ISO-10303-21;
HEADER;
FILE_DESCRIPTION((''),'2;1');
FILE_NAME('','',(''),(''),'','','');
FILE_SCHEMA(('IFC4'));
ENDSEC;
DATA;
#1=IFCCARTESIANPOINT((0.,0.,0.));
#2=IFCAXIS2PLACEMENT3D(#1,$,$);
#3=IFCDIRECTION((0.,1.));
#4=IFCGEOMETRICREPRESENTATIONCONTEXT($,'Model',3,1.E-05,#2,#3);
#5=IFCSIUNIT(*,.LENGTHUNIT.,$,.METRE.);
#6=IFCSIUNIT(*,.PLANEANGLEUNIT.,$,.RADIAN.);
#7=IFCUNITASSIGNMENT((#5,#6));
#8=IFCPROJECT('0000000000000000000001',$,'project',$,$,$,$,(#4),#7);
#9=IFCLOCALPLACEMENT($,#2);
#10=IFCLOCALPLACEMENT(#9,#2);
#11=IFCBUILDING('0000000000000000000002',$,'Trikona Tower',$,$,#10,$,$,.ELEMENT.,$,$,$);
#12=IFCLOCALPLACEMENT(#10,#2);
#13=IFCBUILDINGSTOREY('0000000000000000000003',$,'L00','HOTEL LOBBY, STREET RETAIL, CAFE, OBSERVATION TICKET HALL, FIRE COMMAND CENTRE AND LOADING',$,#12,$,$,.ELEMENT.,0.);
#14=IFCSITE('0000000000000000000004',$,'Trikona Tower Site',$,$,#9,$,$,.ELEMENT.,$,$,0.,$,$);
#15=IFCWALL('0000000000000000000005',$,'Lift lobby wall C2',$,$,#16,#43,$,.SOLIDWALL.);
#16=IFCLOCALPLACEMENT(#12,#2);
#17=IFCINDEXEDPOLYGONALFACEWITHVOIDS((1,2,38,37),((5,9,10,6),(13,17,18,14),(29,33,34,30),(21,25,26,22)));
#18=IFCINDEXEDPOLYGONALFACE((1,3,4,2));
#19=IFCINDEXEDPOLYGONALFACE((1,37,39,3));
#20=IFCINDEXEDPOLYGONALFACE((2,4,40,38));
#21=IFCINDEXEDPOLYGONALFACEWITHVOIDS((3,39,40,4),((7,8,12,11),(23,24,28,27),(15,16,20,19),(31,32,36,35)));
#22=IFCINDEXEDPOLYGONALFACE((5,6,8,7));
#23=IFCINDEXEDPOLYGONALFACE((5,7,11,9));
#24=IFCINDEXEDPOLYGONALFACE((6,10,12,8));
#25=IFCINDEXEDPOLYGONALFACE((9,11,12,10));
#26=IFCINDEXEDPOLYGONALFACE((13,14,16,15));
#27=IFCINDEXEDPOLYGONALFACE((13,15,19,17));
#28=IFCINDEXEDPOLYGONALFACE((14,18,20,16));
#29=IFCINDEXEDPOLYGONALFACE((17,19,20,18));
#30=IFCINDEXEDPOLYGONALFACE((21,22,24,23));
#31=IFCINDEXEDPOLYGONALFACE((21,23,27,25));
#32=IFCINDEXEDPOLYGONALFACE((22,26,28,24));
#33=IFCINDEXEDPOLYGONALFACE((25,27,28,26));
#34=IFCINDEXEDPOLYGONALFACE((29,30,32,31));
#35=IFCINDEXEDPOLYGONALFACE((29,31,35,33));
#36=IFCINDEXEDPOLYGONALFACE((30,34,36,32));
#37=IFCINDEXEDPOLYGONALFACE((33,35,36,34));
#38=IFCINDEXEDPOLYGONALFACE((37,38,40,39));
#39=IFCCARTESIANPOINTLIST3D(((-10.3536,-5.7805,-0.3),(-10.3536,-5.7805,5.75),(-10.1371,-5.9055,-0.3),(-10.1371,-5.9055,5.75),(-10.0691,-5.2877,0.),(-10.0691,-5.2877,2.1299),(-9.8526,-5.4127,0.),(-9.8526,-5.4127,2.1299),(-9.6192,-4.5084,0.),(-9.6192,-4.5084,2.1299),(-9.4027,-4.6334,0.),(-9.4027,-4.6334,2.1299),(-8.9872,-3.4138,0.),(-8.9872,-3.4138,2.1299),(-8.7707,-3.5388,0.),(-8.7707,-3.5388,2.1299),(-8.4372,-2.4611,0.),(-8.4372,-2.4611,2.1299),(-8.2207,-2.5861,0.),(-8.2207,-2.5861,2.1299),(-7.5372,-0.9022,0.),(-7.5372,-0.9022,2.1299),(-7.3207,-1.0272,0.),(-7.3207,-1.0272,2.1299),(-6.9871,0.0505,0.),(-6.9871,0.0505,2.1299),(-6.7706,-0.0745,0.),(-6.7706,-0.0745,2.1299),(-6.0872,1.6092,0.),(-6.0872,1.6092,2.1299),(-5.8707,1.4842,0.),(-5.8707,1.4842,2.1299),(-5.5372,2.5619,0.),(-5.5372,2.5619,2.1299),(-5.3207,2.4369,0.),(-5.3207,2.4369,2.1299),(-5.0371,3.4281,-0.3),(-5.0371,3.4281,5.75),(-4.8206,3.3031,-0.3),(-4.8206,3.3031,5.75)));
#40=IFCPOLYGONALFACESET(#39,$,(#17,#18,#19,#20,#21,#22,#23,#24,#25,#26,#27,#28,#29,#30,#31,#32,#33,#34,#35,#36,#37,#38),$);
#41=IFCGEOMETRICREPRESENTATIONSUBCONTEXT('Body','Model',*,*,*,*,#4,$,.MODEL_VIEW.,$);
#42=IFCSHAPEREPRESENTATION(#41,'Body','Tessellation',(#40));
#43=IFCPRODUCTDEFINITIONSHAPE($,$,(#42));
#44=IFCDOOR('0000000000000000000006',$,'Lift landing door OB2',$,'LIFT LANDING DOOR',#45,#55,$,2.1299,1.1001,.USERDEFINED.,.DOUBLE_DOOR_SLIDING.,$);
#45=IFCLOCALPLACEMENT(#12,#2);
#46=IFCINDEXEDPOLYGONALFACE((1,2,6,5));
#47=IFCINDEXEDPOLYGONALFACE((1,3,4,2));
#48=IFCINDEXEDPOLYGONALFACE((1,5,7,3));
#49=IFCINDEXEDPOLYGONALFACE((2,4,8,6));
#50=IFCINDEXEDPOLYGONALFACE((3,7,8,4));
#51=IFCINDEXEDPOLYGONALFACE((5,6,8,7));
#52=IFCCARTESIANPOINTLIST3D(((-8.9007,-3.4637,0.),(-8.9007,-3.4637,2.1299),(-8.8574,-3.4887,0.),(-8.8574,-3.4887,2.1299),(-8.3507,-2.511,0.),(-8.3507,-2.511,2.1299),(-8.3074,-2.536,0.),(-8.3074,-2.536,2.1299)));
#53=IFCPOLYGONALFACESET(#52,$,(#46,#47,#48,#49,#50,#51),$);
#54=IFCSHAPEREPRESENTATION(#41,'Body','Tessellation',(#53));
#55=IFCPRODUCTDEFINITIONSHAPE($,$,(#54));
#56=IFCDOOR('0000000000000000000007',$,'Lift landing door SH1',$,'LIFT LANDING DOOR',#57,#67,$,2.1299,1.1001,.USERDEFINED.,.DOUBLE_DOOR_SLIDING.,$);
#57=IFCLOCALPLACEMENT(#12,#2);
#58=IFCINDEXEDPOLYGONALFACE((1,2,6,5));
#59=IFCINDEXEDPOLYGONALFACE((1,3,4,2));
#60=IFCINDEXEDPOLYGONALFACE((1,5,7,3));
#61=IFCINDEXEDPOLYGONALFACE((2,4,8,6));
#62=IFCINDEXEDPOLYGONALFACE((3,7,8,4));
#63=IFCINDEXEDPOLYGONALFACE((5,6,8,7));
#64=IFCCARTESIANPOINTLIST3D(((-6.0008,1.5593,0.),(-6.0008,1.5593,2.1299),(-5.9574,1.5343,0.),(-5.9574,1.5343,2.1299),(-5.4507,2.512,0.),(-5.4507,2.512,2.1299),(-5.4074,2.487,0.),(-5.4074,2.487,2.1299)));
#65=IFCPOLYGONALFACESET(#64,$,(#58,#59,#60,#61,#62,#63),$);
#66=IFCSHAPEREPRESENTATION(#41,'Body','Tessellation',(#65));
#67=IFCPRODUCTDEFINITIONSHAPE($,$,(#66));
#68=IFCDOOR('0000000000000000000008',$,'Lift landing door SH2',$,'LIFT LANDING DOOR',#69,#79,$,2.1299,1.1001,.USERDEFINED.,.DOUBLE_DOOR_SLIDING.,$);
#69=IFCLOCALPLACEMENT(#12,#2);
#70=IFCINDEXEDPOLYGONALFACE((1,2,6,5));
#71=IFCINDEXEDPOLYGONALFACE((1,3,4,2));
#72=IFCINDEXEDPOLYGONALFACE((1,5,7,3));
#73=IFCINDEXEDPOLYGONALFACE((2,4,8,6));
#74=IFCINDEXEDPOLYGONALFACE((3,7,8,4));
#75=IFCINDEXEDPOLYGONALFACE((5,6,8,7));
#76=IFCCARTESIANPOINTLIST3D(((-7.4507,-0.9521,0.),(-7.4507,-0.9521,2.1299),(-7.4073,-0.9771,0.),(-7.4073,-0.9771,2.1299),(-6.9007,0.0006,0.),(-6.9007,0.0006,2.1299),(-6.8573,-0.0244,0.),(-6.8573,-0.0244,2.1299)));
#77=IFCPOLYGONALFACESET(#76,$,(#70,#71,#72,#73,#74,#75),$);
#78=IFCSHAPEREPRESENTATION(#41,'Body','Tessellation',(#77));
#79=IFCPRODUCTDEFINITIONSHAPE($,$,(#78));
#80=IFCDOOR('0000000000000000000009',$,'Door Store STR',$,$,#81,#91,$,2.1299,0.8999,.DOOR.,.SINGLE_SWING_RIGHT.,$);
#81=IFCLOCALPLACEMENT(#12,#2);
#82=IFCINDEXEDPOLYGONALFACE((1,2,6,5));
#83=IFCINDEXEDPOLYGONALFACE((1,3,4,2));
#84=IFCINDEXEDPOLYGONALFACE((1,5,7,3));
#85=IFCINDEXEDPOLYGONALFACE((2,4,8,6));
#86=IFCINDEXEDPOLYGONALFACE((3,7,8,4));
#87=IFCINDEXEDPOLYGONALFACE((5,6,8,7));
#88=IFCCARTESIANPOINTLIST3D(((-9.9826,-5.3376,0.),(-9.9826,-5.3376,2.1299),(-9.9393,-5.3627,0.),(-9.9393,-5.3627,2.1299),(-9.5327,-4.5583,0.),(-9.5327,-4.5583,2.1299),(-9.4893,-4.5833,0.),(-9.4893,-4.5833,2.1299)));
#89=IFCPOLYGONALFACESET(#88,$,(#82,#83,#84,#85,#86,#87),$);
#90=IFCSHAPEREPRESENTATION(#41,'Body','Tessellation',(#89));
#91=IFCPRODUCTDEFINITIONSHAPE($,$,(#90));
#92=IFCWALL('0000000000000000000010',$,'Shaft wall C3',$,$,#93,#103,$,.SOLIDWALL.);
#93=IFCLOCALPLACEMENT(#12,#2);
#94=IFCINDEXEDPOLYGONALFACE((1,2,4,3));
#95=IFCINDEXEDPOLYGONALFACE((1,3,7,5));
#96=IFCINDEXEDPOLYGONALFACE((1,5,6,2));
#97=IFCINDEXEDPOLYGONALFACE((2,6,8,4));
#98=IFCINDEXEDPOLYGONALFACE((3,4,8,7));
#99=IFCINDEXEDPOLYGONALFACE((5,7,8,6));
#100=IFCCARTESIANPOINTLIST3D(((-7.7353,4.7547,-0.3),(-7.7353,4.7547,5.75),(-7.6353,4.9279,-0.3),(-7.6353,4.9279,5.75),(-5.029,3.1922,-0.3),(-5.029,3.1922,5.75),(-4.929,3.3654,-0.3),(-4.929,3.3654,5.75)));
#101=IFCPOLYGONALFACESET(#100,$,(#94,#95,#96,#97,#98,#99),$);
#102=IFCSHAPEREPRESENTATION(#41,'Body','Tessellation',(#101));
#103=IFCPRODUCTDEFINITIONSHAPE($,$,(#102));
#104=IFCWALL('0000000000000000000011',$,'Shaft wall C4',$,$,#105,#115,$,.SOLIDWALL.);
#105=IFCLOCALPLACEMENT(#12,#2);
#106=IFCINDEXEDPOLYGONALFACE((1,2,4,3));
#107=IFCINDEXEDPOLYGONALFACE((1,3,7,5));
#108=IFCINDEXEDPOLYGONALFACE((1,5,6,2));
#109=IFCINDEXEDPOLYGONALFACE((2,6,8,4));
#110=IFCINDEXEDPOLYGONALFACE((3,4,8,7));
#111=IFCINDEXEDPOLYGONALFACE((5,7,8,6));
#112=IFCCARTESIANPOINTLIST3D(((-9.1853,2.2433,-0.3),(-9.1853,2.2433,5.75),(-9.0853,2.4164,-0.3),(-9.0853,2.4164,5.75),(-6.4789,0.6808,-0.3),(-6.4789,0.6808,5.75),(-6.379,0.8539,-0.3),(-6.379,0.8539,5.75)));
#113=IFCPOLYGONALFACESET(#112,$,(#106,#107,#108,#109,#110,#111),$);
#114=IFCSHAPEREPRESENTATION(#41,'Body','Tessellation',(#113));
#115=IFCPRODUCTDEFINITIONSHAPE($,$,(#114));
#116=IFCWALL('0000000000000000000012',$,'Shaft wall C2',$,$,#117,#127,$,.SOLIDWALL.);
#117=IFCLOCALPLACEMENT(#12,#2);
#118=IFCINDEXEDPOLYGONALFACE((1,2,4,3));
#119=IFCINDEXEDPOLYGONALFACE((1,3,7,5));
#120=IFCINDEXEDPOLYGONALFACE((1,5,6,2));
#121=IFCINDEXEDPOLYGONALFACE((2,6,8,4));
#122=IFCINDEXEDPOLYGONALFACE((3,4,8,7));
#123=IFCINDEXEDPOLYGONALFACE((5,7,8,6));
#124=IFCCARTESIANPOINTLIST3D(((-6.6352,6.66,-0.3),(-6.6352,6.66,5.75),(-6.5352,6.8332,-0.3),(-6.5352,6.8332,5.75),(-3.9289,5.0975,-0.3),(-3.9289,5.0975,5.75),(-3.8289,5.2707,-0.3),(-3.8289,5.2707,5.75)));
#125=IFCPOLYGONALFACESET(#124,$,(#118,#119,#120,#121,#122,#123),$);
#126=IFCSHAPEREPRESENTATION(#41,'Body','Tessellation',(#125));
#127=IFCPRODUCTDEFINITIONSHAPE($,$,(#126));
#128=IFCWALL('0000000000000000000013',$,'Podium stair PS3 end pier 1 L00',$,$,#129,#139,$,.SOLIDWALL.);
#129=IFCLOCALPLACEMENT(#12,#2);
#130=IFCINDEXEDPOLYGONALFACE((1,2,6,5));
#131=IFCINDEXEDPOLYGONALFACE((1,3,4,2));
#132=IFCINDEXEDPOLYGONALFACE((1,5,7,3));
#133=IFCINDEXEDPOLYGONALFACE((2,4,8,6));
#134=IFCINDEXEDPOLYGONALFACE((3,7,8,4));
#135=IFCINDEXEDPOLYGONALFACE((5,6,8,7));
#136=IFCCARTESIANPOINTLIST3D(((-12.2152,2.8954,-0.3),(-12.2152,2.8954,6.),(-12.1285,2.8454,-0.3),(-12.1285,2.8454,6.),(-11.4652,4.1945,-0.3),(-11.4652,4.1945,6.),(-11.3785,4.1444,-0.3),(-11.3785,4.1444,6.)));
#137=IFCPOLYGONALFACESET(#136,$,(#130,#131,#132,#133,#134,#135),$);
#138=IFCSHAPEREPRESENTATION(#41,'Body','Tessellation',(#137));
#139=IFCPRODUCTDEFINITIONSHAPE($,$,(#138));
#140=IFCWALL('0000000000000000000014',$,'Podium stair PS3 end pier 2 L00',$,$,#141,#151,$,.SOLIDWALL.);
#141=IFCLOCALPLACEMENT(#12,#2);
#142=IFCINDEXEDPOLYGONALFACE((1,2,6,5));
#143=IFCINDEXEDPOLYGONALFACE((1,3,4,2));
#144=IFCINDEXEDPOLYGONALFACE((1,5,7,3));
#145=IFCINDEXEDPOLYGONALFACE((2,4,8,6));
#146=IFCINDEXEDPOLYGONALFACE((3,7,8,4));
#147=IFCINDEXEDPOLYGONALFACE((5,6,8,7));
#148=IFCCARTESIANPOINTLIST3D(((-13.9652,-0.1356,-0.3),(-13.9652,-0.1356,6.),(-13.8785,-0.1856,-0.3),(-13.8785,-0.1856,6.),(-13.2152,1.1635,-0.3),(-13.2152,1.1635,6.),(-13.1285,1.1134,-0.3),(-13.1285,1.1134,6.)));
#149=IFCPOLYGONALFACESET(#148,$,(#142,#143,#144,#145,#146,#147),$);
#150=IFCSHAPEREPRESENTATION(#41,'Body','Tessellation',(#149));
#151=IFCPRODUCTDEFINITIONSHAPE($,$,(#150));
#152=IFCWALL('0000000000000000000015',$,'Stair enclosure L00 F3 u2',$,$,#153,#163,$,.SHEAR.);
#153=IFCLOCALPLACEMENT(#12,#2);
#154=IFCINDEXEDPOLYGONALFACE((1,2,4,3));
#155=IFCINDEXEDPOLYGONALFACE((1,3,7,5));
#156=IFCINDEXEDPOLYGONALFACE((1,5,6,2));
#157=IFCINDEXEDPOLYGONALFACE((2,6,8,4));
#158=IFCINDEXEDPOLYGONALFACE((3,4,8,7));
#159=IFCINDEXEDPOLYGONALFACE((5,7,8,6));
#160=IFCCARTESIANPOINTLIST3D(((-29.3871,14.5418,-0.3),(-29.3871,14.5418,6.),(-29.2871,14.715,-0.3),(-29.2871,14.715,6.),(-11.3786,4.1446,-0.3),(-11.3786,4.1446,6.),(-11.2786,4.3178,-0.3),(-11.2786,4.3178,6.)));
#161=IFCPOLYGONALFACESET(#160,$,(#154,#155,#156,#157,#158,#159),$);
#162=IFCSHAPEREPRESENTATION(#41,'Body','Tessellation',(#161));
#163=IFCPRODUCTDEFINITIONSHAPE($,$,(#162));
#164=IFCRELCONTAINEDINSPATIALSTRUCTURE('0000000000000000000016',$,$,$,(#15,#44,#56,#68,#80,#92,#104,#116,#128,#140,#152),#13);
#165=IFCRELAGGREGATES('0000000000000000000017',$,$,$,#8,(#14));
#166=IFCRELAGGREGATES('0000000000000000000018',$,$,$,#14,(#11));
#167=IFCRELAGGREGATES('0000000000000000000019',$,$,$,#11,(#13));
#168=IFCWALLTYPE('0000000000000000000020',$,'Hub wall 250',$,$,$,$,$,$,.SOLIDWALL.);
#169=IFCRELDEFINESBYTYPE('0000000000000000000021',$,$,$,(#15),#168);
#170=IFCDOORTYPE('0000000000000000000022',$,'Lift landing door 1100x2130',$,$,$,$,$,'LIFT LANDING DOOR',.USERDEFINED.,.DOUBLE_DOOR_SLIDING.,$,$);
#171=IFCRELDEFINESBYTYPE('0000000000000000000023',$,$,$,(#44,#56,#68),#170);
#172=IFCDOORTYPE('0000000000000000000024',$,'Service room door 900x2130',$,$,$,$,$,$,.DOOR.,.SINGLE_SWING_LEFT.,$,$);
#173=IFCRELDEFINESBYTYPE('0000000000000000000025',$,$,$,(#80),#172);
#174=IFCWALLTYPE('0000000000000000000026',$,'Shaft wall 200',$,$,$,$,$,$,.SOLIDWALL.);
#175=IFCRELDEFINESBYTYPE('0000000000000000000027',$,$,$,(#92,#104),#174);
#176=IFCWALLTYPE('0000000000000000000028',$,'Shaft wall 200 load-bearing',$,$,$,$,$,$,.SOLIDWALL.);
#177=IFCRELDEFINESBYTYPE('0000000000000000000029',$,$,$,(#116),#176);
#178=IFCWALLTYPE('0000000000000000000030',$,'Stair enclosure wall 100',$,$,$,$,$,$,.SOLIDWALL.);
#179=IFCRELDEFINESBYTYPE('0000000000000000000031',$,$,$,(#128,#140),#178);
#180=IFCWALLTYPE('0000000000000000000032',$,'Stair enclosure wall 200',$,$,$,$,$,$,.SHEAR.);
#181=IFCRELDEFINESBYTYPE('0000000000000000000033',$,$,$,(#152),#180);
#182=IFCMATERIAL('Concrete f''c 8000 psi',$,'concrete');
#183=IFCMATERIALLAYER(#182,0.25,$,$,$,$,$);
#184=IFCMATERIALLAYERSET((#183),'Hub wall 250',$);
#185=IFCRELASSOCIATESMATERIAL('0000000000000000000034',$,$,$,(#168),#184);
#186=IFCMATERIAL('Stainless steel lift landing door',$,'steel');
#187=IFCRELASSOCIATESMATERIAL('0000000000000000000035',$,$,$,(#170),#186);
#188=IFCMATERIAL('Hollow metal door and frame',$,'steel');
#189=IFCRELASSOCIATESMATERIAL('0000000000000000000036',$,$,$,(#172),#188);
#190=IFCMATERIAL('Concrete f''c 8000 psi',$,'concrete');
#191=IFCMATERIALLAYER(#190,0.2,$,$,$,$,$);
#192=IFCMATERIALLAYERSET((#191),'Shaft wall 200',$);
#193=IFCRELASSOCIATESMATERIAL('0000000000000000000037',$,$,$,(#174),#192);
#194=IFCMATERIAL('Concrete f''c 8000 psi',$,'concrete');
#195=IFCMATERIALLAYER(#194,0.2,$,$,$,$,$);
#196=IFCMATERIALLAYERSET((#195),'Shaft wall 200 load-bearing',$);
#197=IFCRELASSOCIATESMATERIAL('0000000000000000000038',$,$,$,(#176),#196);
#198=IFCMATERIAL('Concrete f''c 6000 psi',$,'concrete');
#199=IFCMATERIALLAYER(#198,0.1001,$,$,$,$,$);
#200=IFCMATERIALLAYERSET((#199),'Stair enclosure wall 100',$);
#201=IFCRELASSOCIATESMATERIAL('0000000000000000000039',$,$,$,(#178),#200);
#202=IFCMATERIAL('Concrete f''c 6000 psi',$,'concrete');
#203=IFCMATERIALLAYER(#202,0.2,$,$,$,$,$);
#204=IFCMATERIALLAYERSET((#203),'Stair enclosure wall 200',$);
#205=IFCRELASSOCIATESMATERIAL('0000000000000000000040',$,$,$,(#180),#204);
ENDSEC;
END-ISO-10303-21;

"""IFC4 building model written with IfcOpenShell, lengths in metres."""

from ifc_helpers import new_model, si_unit, direction, frame, frame_2d, origin, place, context, subcontext, project, spatial, rectangle, extrude, material, layer, layer_set, type_object, element, fill, save


model = new_model("IFC4")

# Units and contexts
model_context = context("Model", 3, precision=1e-05, world=origin(), true_north=direction((0.0, 1.0)))
body_context = subcontext(model_context, "Body", "Model", "MODEL_VIEW")
ifc_project = project(units=[si_unit("LENGTHUNIT", "METRE"), si_unit("PLANEANGLEUNIT", "RADIAN")], contexts=[model_context])

# Site, building, storey
site_placement = place(None, origin())
site = spatial("IfcSite", under=ifc_project, at=site_placement, Name="Trikona Tower Site", CompositionType="ELEMENT", RefElevation=0.0)
building_placement = place(site_placement, origin())
building = spatial("IfcBuilding", under=site, at=building_placement, Name="Trikona Tower", CompositionType="ELEMENT")
storey_placement = place(building_placement, origin())
storey = spatial("IfcBuildingStorey", under=building, at=storey_placement, Name="L00", Description="HOTEL LOBBY, STREET RETAIL, CAFE, OBSERVATION TICKET HALL, FIRE COMMAND CENTRE AND LOADING", CompositionType="ELEMENT", Elevation=0.0)

# Wall, openings, doors
ifc_material_1 = material(Name="Concrete f'c 8000 psi", Category="concrete")
ifc_layer_1 = layer(ifc_material_1, 0.25)
ifc_layer_set_1 = layer_set([ifc_layer_1], Name="Hub wall 250")
wall_type_1 = type_object("IfcWallType", Name="Hub wall 250", PredefinedType="SOLIDWALL", material=ifc_layer_set_1)
wall_1_placement = place(storey_placement, frame((-4.929, 3.3655, -0.3), z_axis=(0.0, 0.0, 1.0), x_axis=(-0.499991, -0.86603, 0.0)))
wall_1 = element("IfcWall", 1, at=wall_1_placement, inside=storey, type_object=wall_type_1, Name="Lift lobby wall C2", PredefinedType="SOLIDWALL", context=body_context, shape_type="SweptSolid", body=[
    extrude(rectangle(XDim=10.6331, YDim=0.25, at=frame_2d((5.3164, 0.0))), origin(), (0.0, 0.0, 1.0), 6.05),
])
opening_1_placement = place(wall_1_placement, frame((9.1641, 0.0, 0.3)))
opening_1 = element("IfcOpeningElement", 2, at=opening_1_placement, cuts=wall_1, PredefinedType="OPENING", context=body_context, shape_type="SweptSolid", body=[
    extrude(rectangle(XDim=0.8999, YDim=2.1299, at=frame_2d((0.45, 1.0649))), frame((0.0, 0.135, 0.0), z_axis=(0.0, -1.0, 0.0), x_axis=(1.0, 0.0, 0.0)), (0.0, 0.0, 1.0), 0.27),
])
opening_2_placement = place(wall_1_placement, frame((6.8, 0.0, 0.3)))
opening_2 = element("IfcOpeningElement", 3, at=opening_2_placement, cuts=wall_1, PredefinedType="OPENING", context=body_context, shape_type="SweptSolid", body=[
    extrude(rectangle(XDim=1.1001, YDim=2.1299, at=frame_2d((0.55, 1.0649))), frame((0.0, 0.135, 0.0), z_axis=(0.0, -1.0, 0.0), x_axis=(1.0, 0.0, 0.0)), (0.0, 0.0, 1.0), 0.27),
])
opening_3_placement = place(wall_1_placement, frame((1.0, 0.0, 0.3)))
opening_3 = element("IfcOpeningElement", 4, at=opening_3_placement, cuts=wall_1, PredefinedType="OPENING", context=body_context, shape_type="SweptSolid", body=[
    extrude(rectangle(XDim=1.1001, YDim=2.1299, at=frame_2d((0.55, 1.0649))), frame((0.0, 0.135, 0.0), z_axis=(0.0, -1.0, 0.0), x_axis=(1.0, 0.0, 0.0)), (0.0, 0.0, 1.0), 0.27),
])
opening_4_placement = place(wall_1_placement, frame((3.8999, 0.0, 0.3)))
opening_4 = element("IfcOpeningElement", 5, at=opening_4_placement, cuts=wall_1, PredefinedType="OPENING", context=body_context, shape_type="SweptSolid", body=[
    extrude(rectangle(XDim=1.1001, YDim=2.1299, at=frame_2d((0.55, 1.0649))), frame((0.0, 0.135, 0.0), z_axis=(0.0, -1.0, 0.0), x_axis=(1.0, 0.0, 0.0)), (0.0, 0.0, 1.0), 0.27),
])
ifc_material_2 = material(Name="Stainless steel lift landing door", Category="steel")
door_type_1 = type_object("IfcDoorType", Name="Lift landing door 1100x2130", ElementType="LIFT LANDING DOOR", OperationType="DOUBLE_DOOR_SLIDING", PredefinedType="USERDEFINED", material=ifc_material_2)
door_1_placement = place(opening_2_placement, origin())
door_1 = element("IfcDoor", 6, at=door_1_placement, inside=storey, type_object=door_type_1, Name="Lift landing door OB2", ObjectType="LIFT LANDING DOOR", OperationType="DOUBLE_DOOR_SLIDING", OverallHeight=2.1299, OverallWidth=1.1001, PredefinedType="USERDEFINED", context=body_context, shape_type="SweptSolid", body=[
    extrude(rectangle(XDim=1.1001, YDim=2.1299, at=frame_2d((0.55, 1.0649))), frame((0.0, 0.0249, 0.0), z_axis=(0.0, -1.0, 0.0), x_axis=(1.0, 0.0, 0.0)), (0.0, 0.0, 1.0), 0.05),
])
fill(opening_2, door_1)
door_2_placement = place(opening_3_placement, origin())
door_2 = element("IfcDoor", 7, at=door_2_placement, inside=storey, type_object=door_type_1, Name="Lift landing door SH1", ObjectType="LIFT LANDING DOOR", OperationType="DOUBLE_DOOR_SLIDING", OverallHeight=2.1299, OverallWidth=1.1001, PredefinedType="USERDEFINED", context=body_context, shape_type="SweptSolid", body=[
    extrude(rectangle(XDim=1.1001, YDim=2.1299, at=frame_2d((0.55, 1.0649))), frame((0.0, 0.0249, 0.0), z_axis=(0.0, -1.0, 0.0), x_axis=(1.0, 0.0, 0.0)), (0.0, 0.0, 1.0), 0.05),
])
fill(opening_3, door_2)
door_3_placement = place(opening_4_placement, origin())
door_3 = element("IfcDoor", 8, at=door_3_placement, inside=storey, type_object=door_type_1, Name="Lift landing door SH2", ObjectType="LIFT LANDING DOOR", OperationType="DOUBLE_DOOR_SLIDING", OverallHeight=2.1299, OverallWidth=1.1001, PredefinedType="USERDEFINED", context=body_context, shape_type="SweptSolid", body=[
    extrude(rectangle(XDim=1.1001, YDim=2.1299, at=frame_2d((0.55, 1.0649))), frame((0.0, 0.0249, 0.0), z_axis=(0.0, -1.0, 0.0), x_axis=(1.0, 0.0, 0.0)), (0.0, 0.0, 1.0), 0.05),
])
fill(opening_4, door_3)
ifc_material_3 = material(Name="Hollow metal door and frame", Category="steel")
door_type_2 = type_object("IfcDoorType", Name="Service room door 900x2130", OperationType="SINGLE_SWING_LEFT", PredefinedType="DOOR", material=ifc_material_3)
door_4_placement = place(opening_1_placement, origin())
door_4 = element("IfcDoor", 9, at=door_4_placement, inside=storey, type_object=door_type_2, Name="Door Store STR", OperationType="SINGLE_SWING_RIGHT", OverallHeight=2.1299, OverallWidth=0.8999, PredefinedType="DOOR", context=body_context, shape_type="SweptSolid", body=[
    extrude(rectangle(XDim=0.8999, YDim=2.1299, at=frame_2d((0.45, 1.0649))), frame((0.0, 0.0249, 0.0), z_axis=(0.0, -1.0, 0.0), x_axis=(1.0, 0.0, 0.0)), (0.0, 0.0, 1.0), 0.05),
])
fill(opening_1, door_4)

# Walls
ifc_material_4 = material(Name="Concrete f'c 8000 psi", Category="concrete")
ifc_layer_2 = layer(ifc_material_4, 0.2)
ifc_layer_set_2 = layer_set([ifc_layer_2], Name="Shaft wall 200")
wall_type_2 = type_object("IfcWallType", Name="Shaft wall 200", PredefinedType="SOLIDWALL", material=ifc_layer_set_2)
for number, where, z_axis, x_axis, name in (
    (10, (-4.979, 3.2788, -0.3), (0.0, 0.0, 1.0), (-0.866023, 0.500004, 0.0), "Shaft wall C3"),
    (11, (-6.429, 0.7673, -0.3), (0.0, 0.0, 1.0), (-0.866023, 0.500004, 0.0), "Shaft wall C4"),
):
    element("IfcWall", number, at=place(storey_placement, frame(where, z_axis=z_axis, x_axis=x_axis)), inside=storey, type_object=wall_type_2, Name=name, PredefinedType="SOLIDWALL", context=body_context, shape_type="SweptSolid", body=[
        extrude(rectangle(XDim=3.125, YDim=0.2, at=frame_2d((1.5625, 0.0))), origin(), (0.0, 0.0, 1.0), 6.05),
    ])
ifc_material_5 = material(Name="Concrete f'c 8000 psi", Category="concrete")
ifc_layer_3 = layer(ifc_material_5, 0.2)
ifc_layer_set_3 = layer_set([ifc_layer_3], Name="Shaft wall 200 load-bearing")
wall_type_3 = type_object("IfcWallType", Name="Shaft wall 200 load-bearing", PredefinedType="SOLIDWALL", material=ifc_layer_set_3)
wall_2_placement = place(storey_placement, frame((-3.8789, 5.1841, -0.3), z_axis=(0.0, 0.0, 1.0), x_axis=(-0.866023, 0.500004, 0.0)))
element("IfcWall", 12, at=wall_2_placement, inside=storey, type_object=wall_type_3, Name="Shaft wall C2", PredefinedType="SOLIDWALL", context=body_context, shape_type="SweptSolid", body=[
    extrude(rectangle(XDim=3.125, YDim=0.2, at=frame_2d((1.5625, 0.0))), origin(), (0.0, 0.0, 1.0), 6.05),
])
ifc_material_6 = material(Name="Concrete f'c 6000 psi", Category="concrete")
ifc_layer_4 = layer(ifc_material_6, 0.1001)
ifc_layer_set_4 = layer_set([ifc_layer_4], Name="Stair enclosure wall 100")
wall_type_4 = type_object("IfcWallType", Name="Stair enclosure wall 100", PredefinedType="SOLIDWALL", material=ifc_layer_set_4)
for number, where, z_axis, x_axis, name in (
    (13, (-11.4219, 4.1694, -0.3), (0.0, 0.0, 1.0), (-0.49999, -0.866031, 0.0), "Podium stair PS3 end pier 1 L00"),
    (14, (-13.1719, 1.1384, -0.3), (0.0, 0.0, 1.0), (-0.49999, -0.866031, 0.0), "Podium stair PS3 end pier 2 L00"),
):
    element("IfcWall", number, at=place(storey_placement, frame(where, z_axis=z_axis, x_axis=x_axis)), inside=storey, type_object=wall_type_4, Name=name, PredefinedType="SOLIDWALL", context=body_context, shape_type="SweptSolid", body=[
        extrude(rectangle(XDim=1.5, YDim=0.1001, at=frame_2d((0.75, 0.0))), origin(), (0.0, 0.0, 1.0), 6.3),
    ])
ifc_material_7 = material(Name="Concrete f'c 6000 psi", Category="concrete")
ifc_layer_5 = layer(ifc_material_7, 0.2)
ifc_layer_set_5 = layer_set([ifc_layer_5], Name="Stair enclosure wall 200")
wall_type_5 = type_object("IfcWallType", Name="Stair enclosure wall 200", PredefinedType="SHEAR", material=ifc_layer_set_5)
wall_3_placement = place(storey_placement, frame((-11.3286, 4.2312, -0.3), z_axis=(0.0, 0.0, 1.0), x_axis=(-0.866026, 0.499999, 0.0)))
element("IfcWall", 15, at=wall_3_placement, inside=storey, type_object=wall_type_5, Name="Stair enclosure L00 F3 u2", PredefinedType="SHEAR", context=body_context, shape_type="SweptSolid", body=[
    extrude(rectangle(XDim=20.7944, YDim=0.2, at=frame_2d((10.3972, 0.0))), origin(), (0.0, 0.0, 1.0), 6.3),
])

save(model, "model.ifc")
